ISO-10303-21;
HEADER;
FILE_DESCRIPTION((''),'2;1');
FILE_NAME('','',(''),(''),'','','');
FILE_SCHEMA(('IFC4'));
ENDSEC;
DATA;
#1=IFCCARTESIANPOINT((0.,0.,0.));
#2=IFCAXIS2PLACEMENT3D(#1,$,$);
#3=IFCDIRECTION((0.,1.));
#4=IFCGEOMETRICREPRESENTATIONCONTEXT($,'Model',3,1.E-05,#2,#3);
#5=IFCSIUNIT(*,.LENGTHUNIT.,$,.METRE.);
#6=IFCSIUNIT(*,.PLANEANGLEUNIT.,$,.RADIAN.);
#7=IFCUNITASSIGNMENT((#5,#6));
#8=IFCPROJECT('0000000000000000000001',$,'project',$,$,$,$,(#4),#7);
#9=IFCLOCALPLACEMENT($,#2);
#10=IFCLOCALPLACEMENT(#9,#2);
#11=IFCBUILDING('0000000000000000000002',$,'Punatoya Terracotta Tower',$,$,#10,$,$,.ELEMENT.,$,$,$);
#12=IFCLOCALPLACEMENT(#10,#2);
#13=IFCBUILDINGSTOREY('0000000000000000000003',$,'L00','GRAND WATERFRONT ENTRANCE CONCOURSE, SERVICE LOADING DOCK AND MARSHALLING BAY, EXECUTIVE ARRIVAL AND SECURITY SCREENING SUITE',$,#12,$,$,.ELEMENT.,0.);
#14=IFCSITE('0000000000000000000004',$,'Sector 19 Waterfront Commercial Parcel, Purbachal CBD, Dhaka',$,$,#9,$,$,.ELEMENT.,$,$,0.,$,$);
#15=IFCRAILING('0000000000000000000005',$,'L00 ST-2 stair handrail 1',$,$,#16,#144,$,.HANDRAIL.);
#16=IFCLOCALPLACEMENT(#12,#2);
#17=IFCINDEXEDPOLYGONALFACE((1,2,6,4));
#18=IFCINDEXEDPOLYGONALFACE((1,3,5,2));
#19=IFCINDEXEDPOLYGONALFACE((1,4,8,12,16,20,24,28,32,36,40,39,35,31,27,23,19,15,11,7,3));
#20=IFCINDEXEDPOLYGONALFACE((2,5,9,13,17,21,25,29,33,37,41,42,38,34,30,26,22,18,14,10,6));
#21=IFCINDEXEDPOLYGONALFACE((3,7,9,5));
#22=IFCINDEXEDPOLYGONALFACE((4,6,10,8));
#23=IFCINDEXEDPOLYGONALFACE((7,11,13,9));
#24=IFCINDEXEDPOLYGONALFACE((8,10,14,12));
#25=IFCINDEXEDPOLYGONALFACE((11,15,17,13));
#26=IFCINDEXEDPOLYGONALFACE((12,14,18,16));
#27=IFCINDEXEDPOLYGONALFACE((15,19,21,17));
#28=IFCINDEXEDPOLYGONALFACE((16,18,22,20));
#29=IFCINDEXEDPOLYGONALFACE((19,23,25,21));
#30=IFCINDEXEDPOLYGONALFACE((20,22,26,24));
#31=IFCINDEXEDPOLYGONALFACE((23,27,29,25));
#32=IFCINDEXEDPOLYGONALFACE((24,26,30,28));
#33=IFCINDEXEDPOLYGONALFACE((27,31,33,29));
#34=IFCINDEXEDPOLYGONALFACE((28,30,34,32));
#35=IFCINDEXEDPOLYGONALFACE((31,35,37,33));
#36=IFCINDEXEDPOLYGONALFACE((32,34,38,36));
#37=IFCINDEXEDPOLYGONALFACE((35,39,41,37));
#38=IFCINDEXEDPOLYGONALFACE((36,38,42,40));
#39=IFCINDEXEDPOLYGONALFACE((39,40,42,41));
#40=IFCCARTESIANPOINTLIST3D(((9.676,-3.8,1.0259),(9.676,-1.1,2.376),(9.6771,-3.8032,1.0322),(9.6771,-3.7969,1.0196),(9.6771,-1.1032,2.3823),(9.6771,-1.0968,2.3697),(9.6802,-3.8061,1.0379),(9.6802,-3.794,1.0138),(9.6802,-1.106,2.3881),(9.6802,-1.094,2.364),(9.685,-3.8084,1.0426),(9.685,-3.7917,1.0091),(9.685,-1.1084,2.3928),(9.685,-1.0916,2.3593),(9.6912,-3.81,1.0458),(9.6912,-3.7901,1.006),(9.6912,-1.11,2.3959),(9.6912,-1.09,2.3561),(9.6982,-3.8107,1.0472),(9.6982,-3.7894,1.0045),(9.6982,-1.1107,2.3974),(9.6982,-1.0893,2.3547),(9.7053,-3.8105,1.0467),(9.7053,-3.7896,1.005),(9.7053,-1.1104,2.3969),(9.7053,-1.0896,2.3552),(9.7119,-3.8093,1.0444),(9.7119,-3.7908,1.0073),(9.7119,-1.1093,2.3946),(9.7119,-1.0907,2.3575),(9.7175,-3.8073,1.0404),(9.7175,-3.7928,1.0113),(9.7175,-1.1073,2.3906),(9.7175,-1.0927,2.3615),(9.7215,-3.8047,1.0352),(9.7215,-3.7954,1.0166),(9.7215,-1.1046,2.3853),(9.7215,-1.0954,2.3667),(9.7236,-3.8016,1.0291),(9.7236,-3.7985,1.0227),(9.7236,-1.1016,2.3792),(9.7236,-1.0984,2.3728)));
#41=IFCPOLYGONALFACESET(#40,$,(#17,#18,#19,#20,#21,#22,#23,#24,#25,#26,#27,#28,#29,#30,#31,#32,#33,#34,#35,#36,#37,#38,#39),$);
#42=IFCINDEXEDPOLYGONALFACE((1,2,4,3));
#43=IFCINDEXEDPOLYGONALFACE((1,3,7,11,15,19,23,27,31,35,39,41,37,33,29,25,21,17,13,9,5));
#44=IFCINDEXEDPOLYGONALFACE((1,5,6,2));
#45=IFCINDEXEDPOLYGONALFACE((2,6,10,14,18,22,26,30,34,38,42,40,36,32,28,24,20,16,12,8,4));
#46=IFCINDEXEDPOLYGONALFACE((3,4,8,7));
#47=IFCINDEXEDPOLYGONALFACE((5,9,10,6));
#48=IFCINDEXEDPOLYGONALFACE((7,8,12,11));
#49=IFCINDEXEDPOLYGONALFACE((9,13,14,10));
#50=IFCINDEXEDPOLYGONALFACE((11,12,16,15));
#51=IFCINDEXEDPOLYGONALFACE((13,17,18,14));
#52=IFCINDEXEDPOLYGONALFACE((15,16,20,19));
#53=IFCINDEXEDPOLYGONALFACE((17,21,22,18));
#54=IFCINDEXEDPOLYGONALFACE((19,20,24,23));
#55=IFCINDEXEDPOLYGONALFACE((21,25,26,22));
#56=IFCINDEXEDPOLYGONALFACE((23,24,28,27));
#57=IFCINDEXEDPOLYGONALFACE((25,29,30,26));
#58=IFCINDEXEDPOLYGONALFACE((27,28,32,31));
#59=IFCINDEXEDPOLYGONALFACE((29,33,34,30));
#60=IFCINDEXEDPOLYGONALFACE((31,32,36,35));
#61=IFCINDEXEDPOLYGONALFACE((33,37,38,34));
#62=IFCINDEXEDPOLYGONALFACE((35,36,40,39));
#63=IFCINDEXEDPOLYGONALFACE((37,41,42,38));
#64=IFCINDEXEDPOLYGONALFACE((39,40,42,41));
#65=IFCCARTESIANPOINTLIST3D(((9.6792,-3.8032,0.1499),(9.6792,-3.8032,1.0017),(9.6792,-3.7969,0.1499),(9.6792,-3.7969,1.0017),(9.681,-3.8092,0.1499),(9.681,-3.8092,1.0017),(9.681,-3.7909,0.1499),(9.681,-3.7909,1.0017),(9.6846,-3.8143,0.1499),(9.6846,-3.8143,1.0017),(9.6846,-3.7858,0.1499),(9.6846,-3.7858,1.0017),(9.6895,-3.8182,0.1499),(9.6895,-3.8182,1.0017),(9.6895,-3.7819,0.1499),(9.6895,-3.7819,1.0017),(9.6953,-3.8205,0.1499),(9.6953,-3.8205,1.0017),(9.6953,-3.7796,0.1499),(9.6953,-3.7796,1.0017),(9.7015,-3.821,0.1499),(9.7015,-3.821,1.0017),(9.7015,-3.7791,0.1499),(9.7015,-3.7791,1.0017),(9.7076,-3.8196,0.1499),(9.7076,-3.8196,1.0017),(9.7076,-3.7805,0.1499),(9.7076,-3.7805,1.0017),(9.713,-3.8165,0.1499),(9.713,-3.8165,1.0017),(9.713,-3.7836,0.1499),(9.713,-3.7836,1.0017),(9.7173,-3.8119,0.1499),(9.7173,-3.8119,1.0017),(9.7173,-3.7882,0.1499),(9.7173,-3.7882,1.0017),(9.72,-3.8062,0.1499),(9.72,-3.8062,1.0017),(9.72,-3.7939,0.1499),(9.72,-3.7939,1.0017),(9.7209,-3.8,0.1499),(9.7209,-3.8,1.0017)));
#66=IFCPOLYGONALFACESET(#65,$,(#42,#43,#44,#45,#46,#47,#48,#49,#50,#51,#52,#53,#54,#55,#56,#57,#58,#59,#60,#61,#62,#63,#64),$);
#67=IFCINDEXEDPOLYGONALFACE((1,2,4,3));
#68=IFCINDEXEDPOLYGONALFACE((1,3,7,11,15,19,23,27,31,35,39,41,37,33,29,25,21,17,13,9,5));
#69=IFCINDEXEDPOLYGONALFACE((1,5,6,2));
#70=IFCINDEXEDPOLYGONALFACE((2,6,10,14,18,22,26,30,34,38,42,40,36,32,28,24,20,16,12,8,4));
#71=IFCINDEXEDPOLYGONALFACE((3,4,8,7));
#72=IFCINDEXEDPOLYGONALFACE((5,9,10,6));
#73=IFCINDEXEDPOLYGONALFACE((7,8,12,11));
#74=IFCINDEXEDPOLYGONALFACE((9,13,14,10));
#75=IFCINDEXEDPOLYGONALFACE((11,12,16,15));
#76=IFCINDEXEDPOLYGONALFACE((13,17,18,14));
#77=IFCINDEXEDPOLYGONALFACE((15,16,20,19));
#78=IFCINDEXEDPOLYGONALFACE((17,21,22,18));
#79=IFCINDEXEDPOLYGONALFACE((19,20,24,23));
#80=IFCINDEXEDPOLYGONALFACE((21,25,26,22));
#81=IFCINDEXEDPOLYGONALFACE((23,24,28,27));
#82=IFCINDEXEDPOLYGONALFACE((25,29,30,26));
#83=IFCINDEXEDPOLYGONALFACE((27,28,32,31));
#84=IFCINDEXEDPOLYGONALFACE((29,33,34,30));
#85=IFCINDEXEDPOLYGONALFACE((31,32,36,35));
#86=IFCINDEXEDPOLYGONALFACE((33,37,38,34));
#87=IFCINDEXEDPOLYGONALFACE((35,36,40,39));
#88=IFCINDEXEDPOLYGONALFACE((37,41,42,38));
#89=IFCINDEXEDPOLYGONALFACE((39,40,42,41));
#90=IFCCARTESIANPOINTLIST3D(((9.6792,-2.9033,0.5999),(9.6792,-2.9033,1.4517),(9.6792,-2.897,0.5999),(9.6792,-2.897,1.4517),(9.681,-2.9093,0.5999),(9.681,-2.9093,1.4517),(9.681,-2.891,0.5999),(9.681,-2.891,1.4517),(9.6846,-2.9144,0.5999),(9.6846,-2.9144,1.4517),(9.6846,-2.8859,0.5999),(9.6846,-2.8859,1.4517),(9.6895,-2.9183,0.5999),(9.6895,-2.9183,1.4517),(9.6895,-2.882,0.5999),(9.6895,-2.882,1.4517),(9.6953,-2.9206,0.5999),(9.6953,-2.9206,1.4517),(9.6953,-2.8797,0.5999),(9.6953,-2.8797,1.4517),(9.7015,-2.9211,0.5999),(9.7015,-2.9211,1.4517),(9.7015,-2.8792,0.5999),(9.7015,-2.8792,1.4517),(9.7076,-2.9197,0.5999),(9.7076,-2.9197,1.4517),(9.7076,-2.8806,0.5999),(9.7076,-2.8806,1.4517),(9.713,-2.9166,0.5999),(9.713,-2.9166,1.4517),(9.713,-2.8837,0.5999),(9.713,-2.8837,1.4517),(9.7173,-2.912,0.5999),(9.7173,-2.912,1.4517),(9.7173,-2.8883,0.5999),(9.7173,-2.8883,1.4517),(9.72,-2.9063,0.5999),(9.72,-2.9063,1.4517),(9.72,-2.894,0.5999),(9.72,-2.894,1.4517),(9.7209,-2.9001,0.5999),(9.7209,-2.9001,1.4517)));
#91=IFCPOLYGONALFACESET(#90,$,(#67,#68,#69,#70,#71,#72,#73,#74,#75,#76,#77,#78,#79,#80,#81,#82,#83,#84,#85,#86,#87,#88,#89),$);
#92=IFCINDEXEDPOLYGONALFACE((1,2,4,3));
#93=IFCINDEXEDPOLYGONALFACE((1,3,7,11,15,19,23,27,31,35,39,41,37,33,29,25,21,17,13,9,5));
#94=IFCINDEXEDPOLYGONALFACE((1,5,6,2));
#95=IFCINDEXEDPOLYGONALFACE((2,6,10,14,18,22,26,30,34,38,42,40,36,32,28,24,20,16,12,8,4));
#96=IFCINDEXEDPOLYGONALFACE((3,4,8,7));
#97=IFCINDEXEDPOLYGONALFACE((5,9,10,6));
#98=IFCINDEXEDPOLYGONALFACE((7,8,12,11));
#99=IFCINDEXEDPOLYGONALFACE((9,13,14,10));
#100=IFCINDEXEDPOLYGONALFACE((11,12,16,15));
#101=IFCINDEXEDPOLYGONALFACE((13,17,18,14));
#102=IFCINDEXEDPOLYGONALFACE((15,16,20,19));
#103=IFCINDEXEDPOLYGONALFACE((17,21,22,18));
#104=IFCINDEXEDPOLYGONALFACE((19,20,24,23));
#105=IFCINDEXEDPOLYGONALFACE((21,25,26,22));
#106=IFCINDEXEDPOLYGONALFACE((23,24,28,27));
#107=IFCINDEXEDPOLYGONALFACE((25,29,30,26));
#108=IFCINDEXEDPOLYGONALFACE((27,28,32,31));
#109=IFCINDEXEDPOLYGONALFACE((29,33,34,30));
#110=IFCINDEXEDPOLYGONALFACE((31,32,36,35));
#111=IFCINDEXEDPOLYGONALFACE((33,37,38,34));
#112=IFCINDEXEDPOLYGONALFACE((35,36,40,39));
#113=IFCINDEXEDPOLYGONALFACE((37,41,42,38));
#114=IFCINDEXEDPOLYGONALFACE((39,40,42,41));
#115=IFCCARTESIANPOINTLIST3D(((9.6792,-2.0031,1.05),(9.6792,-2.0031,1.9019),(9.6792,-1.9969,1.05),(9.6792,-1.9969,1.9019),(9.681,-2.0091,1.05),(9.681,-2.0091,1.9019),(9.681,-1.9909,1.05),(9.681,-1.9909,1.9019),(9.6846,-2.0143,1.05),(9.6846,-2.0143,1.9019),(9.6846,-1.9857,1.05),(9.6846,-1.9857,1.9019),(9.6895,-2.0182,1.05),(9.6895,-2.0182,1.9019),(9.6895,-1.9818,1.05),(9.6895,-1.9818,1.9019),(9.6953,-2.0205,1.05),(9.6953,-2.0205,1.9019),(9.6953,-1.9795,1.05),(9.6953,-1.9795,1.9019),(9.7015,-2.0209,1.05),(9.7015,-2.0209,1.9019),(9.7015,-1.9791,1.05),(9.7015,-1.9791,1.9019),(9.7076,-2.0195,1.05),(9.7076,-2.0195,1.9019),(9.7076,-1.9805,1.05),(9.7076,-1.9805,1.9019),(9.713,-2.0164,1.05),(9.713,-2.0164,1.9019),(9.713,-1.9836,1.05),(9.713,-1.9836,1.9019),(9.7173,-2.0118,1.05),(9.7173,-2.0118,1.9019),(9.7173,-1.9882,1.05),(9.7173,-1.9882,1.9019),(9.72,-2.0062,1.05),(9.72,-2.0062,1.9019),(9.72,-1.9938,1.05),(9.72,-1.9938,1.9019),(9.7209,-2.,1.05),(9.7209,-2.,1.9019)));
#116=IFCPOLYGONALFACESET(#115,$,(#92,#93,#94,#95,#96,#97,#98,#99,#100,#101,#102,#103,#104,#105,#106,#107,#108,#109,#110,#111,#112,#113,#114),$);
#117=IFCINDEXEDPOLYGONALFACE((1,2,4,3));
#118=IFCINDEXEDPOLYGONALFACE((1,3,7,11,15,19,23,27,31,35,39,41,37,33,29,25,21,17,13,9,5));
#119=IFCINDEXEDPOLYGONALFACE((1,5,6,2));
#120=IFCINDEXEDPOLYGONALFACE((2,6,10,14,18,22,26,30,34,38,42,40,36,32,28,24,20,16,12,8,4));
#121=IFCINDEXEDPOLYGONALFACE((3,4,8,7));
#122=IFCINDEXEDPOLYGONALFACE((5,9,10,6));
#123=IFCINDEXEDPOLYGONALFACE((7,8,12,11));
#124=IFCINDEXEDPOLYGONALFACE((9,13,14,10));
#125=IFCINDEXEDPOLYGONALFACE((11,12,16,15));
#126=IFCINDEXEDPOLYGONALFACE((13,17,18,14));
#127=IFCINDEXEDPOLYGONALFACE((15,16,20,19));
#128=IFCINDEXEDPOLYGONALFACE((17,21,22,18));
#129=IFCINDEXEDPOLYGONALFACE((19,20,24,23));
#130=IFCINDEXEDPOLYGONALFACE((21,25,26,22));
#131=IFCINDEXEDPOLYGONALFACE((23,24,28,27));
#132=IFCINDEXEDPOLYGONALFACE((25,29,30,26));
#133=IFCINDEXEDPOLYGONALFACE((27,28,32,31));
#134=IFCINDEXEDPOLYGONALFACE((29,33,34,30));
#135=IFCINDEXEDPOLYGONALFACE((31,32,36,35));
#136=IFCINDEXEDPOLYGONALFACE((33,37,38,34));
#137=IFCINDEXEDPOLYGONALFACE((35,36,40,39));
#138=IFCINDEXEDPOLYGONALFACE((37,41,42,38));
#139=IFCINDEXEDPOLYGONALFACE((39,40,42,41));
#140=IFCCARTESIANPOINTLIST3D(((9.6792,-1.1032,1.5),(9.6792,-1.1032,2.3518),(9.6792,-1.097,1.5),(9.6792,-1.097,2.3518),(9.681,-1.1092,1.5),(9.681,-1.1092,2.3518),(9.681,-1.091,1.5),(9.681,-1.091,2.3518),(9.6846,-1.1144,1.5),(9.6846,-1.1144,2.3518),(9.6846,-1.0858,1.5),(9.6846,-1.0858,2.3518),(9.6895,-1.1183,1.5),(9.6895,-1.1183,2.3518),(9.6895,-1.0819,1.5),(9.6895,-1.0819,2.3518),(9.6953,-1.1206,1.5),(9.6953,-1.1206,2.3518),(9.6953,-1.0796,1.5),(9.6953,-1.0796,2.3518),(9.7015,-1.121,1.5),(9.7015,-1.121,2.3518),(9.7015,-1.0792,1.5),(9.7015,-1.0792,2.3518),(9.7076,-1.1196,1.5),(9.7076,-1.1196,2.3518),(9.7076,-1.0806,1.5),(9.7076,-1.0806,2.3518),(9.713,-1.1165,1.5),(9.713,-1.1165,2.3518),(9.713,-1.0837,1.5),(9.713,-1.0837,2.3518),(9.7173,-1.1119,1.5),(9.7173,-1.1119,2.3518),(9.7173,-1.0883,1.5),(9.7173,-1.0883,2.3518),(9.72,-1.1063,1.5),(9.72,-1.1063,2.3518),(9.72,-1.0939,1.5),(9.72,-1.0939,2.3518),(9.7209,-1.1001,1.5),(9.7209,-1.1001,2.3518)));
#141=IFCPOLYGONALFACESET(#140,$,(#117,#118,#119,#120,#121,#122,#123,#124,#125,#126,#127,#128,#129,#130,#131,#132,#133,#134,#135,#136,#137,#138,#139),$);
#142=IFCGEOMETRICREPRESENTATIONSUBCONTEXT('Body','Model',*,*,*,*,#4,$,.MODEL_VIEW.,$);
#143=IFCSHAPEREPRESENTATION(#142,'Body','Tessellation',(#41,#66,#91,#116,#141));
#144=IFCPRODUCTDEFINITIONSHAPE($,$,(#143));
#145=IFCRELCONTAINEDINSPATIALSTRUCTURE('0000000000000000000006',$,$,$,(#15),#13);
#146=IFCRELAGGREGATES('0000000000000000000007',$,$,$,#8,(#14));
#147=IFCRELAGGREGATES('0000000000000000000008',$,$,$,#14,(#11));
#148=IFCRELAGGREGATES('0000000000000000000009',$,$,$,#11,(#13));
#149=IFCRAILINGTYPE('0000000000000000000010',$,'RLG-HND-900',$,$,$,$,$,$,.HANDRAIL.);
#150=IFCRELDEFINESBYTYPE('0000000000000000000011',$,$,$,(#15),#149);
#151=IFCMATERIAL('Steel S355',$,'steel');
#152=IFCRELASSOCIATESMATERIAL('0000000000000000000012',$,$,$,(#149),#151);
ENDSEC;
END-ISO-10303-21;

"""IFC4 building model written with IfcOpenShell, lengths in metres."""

from ifc_helpers import new_model, si_unit, direction, frame, origin, origin_2d, place, context, subcontext, project, spatial, circle, extrude, material, type_object, element, save


model = new_model("IFC4")

# Units and contexts
model_context = context("Model", 3, precision=1e-05, world=origin(), true_north=direction((0.0, 1.0)))
body_context = subcontext(model_context, "Body", "Model", "MODEL_VIEW")
ifc_project = project(units=[si_unit("LENGTHUNIT", "METRE"), si_unit("PLANEANGLEUNIT", "RADIAN")], contexts=[model_context])

# Site, building, storey
site_placement = place(None, origin())
site = spatial("IfcSite", under=ifc_project, at=site_placement, Name="Sector 19 Waterfront Commercial Parcel, Purbachal CBD, Dhaka", CompositionType="ELEMENT", RefElevation=0.0)
building_placement = place(site_placement, origin())
building = spatial("IfcBuilding", under=site, at=building_placement, Name="Punatoya Terracotta Tower", CompositionType="ELEMENT")
storey_placement = place(building_placement, origin())
storey = spatial("IfcBuildingStorey", under=building, at=storey_placement, Name="L00", Description="GRAND WATERFRONT ENTRANCE CONCOURSE, SERVICE LOADING DOCK AND MARSHALLING BAY, EXECUTIVE ARRIVAL AND SECURITY SCREENING SUITE", CompositionType="ELEMENT", Elevation=0.0)

# Shared definitions
ifc_material_1 = material(Name="Steel S355", Category="steel")

# Railing
railing_type_1 = type_object("IfcRailingType", Name="RLG-HND-900", PredefinedType="HANDRAIL", material=ifc_material_1)
railing_1_placement = place(storey_placement, frame((9.7, -3.8, 0.1499)))
element("IfcRailing", 1, at=railing_1_placement, inside=storey, type_object=railing_type_1, Name="L00 ST-2 stair handrail 1", PredefinedType="HANDRAIL", context=body_context, shape_type="SweptSolid", body=[
    extrude(circle(Radius=0.0239, at=origin_2d()), frame((0.0, 0.0, 0.876), z_axis=(0.0, 0.894411, 0.447246), x_axis=(-1.0, 0.0, 0.0)), (0.0, 0.0, 1.0), 3.0188),
    extrude(circle(Radius=0.021, at=origin_2d()), origin(), (0.0, 0.0, 1.0), 0.8518),
    extrude(circle(Radius=0.021, at=origin_2d()), frame((0.0, 0.8999, 0.45)), (0.0, 0.0, 1.0), 0.8518),
    extrude(circle(Radius=0.021, at=origin_2d()), frame((0.0, 1.8, 0.9001)), (0.0, 0.0, 1.0), 0.8518),
    extrude(circle(Radius=0.021, at=origin_2d()), frame((0.0, 2.7, 1.3501)), (0.0, 0.0, 1.0), 0.8518),
])

save(model, "model.ifc")
